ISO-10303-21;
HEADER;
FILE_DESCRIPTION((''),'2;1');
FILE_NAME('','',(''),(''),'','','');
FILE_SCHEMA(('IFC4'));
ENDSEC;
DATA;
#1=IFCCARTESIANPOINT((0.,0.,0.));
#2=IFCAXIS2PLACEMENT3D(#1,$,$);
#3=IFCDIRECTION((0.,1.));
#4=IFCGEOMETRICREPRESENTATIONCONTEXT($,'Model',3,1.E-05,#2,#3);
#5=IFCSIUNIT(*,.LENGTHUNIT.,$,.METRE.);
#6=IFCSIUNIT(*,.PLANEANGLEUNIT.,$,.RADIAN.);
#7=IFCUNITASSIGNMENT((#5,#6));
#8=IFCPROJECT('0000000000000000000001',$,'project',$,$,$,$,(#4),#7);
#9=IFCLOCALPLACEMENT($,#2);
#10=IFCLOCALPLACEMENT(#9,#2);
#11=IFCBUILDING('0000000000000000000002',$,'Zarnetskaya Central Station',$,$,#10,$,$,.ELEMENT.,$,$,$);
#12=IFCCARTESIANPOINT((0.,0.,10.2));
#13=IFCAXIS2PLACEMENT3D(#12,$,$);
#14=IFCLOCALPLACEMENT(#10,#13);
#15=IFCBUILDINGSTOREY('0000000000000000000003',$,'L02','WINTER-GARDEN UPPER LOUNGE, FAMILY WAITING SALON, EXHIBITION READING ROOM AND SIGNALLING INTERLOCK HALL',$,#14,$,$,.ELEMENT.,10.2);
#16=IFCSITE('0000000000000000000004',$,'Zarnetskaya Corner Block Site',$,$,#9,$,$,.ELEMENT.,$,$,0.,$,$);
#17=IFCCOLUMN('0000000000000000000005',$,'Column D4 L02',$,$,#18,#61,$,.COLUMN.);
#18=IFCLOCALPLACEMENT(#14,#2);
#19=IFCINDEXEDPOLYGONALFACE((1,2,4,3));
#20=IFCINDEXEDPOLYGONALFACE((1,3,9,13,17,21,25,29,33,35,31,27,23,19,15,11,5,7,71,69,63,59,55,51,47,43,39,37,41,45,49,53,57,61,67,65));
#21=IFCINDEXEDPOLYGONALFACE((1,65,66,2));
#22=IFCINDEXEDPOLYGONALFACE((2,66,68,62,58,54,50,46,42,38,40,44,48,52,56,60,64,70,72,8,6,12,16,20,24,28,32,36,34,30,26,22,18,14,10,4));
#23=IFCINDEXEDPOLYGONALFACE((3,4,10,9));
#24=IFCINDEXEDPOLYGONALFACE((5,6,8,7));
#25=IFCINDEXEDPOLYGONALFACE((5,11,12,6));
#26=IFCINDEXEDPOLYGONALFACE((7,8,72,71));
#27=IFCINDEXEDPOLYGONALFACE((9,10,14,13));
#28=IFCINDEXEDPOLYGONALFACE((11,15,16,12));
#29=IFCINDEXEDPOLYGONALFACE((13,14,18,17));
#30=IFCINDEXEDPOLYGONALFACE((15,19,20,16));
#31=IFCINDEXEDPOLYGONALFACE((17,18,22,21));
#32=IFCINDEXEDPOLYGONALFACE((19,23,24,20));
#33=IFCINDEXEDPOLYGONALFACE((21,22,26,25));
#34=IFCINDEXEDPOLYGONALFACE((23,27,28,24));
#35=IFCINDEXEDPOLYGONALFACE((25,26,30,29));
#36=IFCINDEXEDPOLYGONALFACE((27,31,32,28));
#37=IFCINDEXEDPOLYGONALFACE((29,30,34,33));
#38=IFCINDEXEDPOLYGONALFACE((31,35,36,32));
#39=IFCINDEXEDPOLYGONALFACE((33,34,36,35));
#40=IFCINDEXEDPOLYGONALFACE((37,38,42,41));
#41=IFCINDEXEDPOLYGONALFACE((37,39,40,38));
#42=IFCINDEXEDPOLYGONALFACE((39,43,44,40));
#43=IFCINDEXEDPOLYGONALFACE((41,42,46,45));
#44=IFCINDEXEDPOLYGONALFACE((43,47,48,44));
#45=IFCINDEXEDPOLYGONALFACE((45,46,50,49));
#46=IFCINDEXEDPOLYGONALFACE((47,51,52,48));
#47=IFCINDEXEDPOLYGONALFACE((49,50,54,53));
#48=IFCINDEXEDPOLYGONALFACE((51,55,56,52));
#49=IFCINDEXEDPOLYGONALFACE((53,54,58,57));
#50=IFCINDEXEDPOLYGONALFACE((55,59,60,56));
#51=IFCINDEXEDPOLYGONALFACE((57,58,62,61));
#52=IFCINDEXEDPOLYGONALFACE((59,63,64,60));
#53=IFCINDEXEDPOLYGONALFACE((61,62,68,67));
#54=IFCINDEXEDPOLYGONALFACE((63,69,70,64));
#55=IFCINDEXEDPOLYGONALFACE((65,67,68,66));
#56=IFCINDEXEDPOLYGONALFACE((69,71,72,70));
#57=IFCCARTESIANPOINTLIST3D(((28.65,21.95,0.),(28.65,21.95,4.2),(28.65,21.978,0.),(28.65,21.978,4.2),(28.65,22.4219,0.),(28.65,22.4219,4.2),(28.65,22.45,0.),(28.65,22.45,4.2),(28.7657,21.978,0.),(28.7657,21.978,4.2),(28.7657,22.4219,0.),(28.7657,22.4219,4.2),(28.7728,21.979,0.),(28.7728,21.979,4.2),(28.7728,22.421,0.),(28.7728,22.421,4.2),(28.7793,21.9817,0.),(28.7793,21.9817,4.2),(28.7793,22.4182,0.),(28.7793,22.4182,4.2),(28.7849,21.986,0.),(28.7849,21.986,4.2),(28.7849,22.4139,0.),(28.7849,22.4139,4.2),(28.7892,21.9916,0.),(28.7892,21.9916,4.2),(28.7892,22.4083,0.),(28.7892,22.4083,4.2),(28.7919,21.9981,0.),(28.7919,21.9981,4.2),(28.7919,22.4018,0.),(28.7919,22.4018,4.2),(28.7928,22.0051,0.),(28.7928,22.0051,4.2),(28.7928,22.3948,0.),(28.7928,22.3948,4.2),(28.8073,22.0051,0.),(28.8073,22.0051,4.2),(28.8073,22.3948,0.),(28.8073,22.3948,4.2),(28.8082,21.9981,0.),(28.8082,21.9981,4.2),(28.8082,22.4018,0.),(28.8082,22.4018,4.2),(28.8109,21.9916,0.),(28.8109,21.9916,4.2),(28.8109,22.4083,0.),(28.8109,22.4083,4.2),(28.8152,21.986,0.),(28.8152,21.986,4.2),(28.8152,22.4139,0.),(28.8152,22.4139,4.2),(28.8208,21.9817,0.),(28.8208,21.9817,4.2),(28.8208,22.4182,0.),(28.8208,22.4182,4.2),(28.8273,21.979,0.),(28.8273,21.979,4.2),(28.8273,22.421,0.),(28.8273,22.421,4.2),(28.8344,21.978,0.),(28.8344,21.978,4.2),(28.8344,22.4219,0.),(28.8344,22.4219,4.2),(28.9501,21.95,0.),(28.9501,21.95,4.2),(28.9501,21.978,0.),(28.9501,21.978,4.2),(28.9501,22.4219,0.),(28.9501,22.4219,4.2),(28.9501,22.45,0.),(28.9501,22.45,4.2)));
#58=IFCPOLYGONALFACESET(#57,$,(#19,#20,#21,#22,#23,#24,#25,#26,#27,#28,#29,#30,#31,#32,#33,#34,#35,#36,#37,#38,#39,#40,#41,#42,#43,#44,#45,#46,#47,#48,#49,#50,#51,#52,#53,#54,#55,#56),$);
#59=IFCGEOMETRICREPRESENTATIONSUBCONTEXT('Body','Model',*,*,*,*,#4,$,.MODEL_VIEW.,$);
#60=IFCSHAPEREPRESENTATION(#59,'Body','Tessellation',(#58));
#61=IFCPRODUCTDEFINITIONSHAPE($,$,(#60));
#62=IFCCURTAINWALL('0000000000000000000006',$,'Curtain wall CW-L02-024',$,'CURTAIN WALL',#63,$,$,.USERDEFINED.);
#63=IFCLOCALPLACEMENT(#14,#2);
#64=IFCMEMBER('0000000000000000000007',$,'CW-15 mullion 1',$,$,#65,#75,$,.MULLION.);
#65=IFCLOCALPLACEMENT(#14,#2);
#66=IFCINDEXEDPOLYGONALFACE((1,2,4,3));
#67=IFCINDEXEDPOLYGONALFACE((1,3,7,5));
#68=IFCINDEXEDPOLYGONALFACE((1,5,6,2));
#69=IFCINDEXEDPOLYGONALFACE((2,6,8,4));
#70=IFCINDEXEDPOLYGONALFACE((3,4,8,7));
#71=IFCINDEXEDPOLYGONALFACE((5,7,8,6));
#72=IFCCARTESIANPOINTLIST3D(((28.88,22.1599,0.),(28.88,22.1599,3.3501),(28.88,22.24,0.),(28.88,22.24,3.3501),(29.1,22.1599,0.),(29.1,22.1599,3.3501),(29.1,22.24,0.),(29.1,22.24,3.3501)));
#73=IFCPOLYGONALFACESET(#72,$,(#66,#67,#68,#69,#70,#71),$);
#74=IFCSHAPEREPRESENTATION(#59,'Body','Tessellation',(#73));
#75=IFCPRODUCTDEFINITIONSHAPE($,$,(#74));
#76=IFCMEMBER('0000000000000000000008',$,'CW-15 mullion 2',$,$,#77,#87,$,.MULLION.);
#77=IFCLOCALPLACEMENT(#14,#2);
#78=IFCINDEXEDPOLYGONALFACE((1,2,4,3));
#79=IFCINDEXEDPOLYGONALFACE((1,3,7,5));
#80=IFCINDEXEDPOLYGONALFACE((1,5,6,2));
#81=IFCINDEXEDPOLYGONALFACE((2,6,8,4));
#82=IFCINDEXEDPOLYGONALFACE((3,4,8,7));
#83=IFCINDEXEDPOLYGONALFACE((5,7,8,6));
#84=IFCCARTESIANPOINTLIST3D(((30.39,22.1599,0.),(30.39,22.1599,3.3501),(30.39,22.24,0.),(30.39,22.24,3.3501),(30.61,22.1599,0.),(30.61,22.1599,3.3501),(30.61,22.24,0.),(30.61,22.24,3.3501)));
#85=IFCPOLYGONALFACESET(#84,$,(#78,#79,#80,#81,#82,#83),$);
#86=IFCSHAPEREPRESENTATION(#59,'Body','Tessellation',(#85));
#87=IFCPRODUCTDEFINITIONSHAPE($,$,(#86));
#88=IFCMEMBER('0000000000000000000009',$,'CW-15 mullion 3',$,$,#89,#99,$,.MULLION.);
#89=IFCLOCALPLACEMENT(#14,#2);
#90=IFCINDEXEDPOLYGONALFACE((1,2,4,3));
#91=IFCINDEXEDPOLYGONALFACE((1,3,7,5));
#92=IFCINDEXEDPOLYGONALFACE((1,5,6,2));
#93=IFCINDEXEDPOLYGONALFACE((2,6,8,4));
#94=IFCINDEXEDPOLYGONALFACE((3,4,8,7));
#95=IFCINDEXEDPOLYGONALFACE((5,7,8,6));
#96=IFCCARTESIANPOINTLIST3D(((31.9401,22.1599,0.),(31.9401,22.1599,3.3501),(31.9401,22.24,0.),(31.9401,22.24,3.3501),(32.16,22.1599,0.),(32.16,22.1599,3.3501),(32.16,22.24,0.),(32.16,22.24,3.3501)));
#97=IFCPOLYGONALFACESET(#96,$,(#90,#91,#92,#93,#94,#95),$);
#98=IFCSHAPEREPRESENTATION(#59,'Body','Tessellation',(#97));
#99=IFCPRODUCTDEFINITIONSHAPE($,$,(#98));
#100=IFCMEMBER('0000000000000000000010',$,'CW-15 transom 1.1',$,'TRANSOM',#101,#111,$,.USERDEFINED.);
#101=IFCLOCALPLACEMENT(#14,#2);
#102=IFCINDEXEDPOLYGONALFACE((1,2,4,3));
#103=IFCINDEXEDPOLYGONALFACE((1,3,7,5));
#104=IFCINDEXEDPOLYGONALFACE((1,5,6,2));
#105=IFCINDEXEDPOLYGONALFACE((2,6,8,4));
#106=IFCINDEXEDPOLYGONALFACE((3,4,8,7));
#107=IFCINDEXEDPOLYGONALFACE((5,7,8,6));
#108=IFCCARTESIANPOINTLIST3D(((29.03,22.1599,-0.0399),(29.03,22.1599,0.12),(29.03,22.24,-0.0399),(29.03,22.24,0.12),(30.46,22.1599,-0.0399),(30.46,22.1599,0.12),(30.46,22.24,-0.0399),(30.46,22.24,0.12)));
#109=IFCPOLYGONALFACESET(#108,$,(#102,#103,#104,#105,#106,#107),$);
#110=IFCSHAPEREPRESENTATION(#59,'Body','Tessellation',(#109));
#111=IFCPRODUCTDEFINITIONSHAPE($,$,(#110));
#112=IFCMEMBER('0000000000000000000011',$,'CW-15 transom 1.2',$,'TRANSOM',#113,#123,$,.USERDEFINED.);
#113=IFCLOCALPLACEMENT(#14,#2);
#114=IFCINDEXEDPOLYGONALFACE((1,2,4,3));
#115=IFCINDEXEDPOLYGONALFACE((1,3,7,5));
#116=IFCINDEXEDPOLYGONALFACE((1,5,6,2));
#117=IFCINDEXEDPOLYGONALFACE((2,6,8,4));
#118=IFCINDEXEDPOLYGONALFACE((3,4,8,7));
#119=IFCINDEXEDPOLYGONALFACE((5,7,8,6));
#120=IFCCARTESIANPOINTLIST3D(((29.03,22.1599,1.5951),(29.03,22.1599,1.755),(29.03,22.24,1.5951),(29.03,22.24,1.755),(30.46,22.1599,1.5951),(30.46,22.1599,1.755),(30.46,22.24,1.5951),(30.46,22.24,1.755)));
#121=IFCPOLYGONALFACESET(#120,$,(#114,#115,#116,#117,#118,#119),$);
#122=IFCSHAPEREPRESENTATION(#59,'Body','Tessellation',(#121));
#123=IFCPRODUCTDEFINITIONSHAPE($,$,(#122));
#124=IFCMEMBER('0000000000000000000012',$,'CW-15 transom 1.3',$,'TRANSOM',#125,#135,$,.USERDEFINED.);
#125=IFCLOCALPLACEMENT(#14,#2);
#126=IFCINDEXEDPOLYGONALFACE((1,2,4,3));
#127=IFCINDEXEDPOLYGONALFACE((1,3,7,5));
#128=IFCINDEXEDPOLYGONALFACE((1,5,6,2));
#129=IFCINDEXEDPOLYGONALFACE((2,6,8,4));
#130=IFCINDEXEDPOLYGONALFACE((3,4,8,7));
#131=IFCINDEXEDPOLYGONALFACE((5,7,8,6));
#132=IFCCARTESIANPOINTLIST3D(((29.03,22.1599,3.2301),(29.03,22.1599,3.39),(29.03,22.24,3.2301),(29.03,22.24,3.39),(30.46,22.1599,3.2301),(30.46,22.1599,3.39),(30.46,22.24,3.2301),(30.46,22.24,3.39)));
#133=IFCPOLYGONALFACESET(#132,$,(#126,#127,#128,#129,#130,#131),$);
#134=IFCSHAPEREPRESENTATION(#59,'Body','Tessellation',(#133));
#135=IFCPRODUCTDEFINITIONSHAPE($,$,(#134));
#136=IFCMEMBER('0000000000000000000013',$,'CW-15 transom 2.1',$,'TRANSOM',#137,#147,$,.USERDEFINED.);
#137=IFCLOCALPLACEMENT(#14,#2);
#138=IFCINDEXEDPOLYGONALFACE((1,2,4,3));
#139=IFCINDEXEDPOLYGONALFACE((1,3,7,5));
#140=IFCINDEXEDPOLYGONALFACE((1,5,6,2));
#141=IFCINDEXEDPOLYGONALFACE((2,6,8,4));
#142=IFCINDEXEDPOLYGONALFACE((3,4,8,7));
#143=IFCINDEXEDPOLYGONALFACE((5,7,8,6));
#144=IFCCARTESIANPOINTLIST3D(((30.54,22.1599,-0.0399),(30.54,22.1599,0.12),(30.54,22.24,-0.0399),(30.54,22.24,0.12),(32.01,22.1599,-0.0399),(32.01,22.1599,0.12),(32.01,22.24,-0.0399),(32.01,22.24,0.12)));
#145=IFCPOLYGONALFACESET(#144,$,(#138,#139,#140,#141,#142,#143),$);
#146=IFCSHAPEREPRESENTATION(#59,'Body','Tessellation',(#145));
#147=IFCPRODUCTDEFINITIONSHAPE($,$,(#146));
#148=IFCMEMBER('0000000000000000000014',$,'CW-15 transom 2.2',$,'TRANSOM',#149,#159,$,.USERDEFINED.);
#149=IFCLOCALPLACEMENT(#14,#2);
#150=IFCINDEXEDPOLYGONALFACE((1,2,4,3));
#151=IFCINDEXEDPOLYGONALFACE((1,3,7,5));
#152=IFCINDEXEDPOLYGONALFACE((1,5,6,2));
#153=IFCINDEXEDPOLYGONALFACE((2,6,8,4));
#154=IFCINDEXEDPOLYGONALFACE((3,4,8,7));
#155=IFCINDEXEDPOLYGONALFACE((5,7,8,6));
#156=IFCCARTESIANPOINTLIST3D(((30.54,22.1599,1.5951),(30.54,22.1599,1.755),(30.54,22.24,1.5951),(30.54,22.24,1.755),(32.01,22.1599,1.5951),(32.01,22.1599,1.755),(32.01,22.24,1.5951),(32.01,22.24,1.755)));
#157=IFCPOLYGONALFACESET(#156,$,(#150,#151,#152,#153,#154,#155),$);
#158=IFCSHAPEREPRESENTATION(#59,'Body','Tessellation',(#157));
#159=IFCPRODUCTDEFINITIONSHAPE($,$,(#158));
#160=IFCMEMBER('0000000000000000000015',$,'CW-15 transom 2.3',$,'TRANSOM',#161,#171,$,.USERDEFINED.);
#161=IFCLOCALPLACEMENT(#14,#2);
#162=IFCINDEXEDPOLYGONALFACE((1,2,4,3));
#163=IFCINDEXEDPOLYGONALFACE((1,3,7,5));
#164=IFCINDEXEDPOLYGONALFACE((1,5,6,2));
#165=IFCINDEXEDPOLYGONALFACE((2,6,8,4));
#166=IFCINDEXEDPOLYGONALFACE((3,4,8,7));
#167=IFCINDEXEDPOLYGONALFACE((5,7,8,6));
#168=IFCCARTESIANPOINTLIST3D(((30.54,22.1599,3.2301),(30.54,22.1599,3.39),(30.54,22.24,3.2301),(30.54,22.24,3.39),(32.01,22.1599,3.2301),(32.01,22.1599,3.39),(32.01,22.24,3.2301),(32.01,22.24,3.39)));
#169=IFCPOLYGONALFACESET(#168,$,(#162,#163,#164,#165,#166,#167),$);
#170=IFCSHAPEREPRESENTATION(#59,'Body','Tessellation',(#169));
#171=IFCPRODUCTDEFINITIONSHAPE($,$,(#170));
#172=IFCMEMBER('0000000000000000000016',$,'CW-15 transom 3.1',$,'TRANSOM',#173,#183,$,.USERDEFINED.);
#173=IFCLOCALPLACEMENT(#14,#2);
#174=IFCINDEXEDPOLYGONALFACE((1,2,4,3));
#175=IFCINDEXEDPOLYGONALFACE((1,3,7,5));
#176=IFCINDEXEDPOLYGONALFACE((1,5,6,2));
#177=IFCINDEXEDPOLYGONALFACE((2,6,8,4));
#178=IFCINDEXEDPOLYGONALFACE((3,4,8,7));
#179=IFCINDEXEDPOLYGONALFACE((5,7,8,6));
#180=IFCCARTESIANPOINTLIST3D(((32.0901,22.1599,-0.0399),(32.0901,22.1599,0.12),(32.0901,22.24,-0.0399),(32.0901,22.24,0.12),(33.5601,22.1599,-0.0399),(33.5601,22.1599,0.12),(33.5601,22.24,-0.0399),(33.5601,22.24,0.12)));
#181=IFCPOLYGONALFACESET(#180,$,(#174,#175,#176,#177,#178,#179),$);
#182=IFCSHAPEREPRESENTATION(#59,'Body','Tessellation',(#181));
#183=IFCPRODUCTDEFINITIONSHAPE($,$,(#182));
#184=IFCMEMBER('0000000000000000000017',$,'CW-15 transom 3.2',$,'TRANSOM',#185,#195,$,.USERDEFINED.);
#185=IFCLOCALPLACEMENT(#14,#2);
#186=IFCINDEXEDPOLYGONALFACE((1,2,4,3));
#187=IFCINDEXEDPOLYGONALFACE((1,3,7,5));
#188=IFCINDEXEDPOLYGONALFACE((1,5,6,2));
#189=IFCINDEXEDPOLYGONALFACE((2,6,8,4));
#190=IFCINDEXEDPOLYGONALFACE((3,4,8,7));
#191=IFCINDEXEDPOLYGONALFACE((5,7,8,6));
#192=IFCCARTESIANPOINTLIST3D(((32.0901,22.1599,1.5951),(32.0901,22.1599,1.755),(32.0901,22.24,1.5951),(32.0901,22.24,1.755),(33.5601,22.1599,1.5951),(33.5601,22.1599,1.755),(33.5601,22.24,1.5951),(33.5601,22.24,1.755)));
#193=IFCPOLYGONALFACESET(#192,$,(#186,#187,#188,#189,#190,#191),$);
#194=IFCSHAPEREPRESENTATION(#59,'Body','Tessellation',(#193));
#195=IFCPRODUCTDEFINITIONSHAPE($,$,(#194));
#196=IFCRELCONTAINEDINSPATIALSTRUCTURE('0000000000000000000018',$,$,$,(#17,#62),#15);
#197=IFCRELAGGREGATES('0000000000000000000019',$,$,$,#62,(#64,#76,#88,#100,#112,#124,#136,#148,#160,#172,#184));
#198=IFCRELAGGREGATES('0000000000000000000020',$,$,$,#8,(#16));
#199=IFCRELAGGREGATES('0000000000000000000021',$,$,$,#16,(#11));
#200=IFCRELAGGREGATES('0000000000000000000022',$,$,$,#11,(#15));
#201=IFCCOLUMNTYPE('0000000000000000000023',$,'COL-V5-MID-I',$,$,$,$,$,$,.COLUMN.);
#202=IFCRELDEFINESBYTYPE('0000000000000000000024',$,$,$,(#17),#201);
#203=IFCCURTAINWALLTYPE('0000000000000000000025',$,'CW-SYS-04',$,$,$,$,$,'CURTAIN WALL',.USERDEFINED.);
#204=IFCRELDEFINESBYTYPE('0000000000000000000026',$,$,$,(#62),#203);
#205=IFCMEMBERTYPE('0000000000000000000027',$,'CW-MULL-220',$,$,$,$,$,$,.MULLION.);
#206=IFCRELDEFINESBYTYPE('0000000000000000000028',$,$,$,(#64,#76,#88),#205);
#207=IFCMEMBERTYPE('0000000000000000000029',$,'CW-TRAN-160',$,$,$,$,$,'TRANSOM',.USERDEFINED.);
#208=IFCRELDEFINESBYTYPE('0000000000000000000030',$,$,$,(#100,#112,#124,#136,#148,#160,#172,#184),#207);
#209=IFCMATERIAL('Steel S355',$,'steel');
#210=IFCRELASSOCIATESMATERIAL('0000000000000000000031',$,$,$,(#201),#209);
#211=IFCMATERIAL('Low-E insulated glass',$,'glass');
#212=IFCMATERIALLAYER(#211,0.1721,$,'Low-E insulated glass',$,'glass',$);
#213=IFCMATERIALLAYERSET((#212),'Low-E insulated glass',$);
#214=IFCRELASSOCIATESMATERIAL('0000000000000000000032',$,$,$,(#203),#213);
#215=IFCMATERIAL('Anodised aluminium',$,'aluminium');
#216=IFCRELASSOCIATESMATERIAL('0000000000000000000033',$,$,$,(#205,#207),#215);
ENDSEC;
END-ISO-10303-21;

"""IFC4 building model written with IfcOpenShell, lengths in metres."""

from ifc_helpers import new_model, si_unit, direction, frame, origin, origin_2d, place, context, subcontext, project, spatial, rectangle, i_section, extrude, material, layer, layer_set, material_profile, profile_set, type_object, element, aggregate, save


model = new_model("IFC4")

# Units and contexts
model_context = context("Model", 3, precision=1e-05, world=origin(), true_north=direction((0.0, 1.0)))
body_context = subcontext(model_context, "Body", "Model", "MODEL_VIEW")
ifc_project = project(units=[si_unit("LENGTHUNIT", "METRE"), si_unit("PLANEANGLEUNIT", "RADIAN")], contexts=[model_context])

# Site, building, storey
site_placement = place(None, origin())
site = spatial("IfcSite", under=ifc_project, at=site_placement, Name="Zarnetskaya Corner Block Site", CompositionType="ELEMENT", RefElevation=0.0)
building_placement = place(site_placement, origin())
building = spatial("IfcBuilding", under=site, at=building_placement, Name="Zarnetskaya Central Station", CompositionType="ELEMENT")
storey_placement = place(building_placement, frame((0.0, 0.0, 10.2)))
storey = spatial("IfcBuildingStorey", under=building, at=storey_placement, Name="L02", Description="WINTER-GARDEN UPPER LOUNGE, FAMILY WAITING SALON, EXHIBITION READING ROOM AND SIGNALLING INTERLOCK HALL", CompositionType="ELEMENT", Elevation=10.2)

# Column
ifc_material_1 = material(Name="Steel S355", Category="steel")
ifc_material_profile_1 = material_profile(ifc_material_1, i_section(OverallWidth=0.3, OverallDepth=0.5, WebThickness=0.0144, FlangeThickness=0.0281, FilletRadius=0.0271, at=origin_2d()), Name="HEB 500")
ifc_profile_set_1 = profile_set([ifc_material_profile_1], Name="Steel S355")
column_type = type_object("IfcColumnType", Name="COL-V5-MID-I", PredefinedType="COLUMN", material=ifc_profile_set_1)
column_placement = place(storey_placement, frame((28.8, 22.2, 0.0), z_axis=(0.0, 0.0, 1.0), x_axis=(1.0, 0.0, 0.0)))
element("IfcColumn", 1, at=column_placement, inside=storey, type_object=column_type, Name="Column D4 L02", PredefinedType="COLUMN", context=body_context, shape_type="SweptSolid", body=[
    extrude(i_section(OverallWidth=0.3, OverallDepth=0.5, WebThickness=0.0144, FlangeThickness=0.0281, FilletRadius=0.0271, at=origin_2d()), origin(), (0.0, 0.0, 1.0), 4.2),
])

# Curtain wall, members
ifc_material_2 = material(Name="Low-E insulated glass", Category="glass")
ifc_layer_1 = layer(ifc_material_2, 0.1721, Name="Low-E insulated glass", Category="glass")
ifc_layer_set_1 = layer_set([ifc_layer_1], Name="Low-E insulated glass")
curtain_wall_type = type_object("IfcCurtainWallType", Name="CW-SYS-04", ElementType="CURTAIN WALL", PredefinedType="USERDEFINED", material=ifc_layer_set_1)
curtain_wall_placement = place(storey_placement, origin())
curtain_wall = element("IfcCurtainWall", 2, at=curtain_wall_placement, inside=storey, type_object=curtain_wall_type, Name="Curtain wall CW-L02-024", ObjectType="CURTAIN WALL", PredefinedType="USERDEFINED")
ifc_material_3 = material(Name="Anodised aluminium", Category="aluminium")
ifc_material_profile_2 = material_profile(ifc_material_3, rectangle(XDim=0.0801, YDim=0.22, at=origin_2d()), Name="ALU MULL 80x220")
ifc_profile_set_2 = profile_set([ifc_material_profile_2], Name="Anodised aluminium")
member_type_1 = type_object("IfcMemberType", Name="CW-MULL-220", PredefinedType="MULLION", material=ifc_profile_set_2)
member_1_placement = place(storey_placement, frame((28.99, 22.2, 0.0), z_axis=(0.0, 0.0, 1.0), x_axis=(0.0, 1.0, 0.0)))
member_1 = element("IfcMember", 3, at=member_1_placement, type_object=member_type_1, Name="CW-15 mullion 1", PredefinedType="MULLION", context=body_context, shape_type="SweptSolid", body=[
    extrude(rectangle(XDim=0.0801, YDim=0.22, at=origin_2d()), origin(), (0.0, 0.0, 1.0), 3.3501),
])
member_2_placement = place(storey_placement, frame((30.5, 22.2, 0.0), z_axis=(0.0, 0.0, 1.0), x_axis=(0.0, 1.0, 0.0)))
member_2 = element("IfcMember", 4, at=member_2_placement, type_object=member_type_1, Name="CW-15 mullion 2", PredefinedType="MULLION", context=body_context, shape_type="SweptSolid", body=[
    extrude(rectangle(XDim=0.0801, YDim=0.22, at=origin_2d()), origin(), (0.0, 0.0, 1.0), 3.3501),
])
member_3_placement = place(storey_placement, frame((32.05, 22.2, 0.0), z_axis=(0.0, 0.0, 1.0), x_axis=(0.0, 1.0, 0.0)))
member_3 = element("IfcMember", 5, at=member_3_placement, type_object=member_type_1, Name="CW-15 mullion 3", PredefinedType="MULLION", context=body_context, shape_type="SweptSolid", body=[
    extrude(rectangle(XDim=0.0801, YDim=0.22, at=origin_2d()), origin(), (0.0, 0.0, 1.0), 3.3501),
])
ifc_material_profile_3 = material_profile(ifc_material_3, rectangle(XDim=0.0801, YDim=0.1599, at=origin_2d()), Name="ALU TRAN 80x160")
ifc_profile_set_3 = profile_set([ifc_material_profile_3], Name="Anodised aluminium")
member_type_2 = type_object("IfcMemberType", Name="CW-TRAN-160", ElementType="TRANSOM", PredefinedType="USERDEFINED", material=ifc_profile_set_3)
member_4_placement = place(storey_placement, frame((29.03, 22.2, 0.04), z_axis=(1.0, 0.0, 0.0), x_axis=(0.0, 1.0, 0.0)))
member_4 = element("IfcMember", 6, at=member_4_placement, type_object=member_type_2, Name="CW-15 transom 1.1", ObjectType="TRANSOM", PredefinedType="USERDEFINED", context=body_context, shape_type="SweptSolid", body=[
    extrude(rectangle(XDim=0.0801, YDim=0.1599, at=origin_2d()), origin(), (0.0, 0.0, 1.0), 1.4299),
])
member_5_placement = place(storey_placement, frame((29.03, 22.2, 1.675), z_axis=(1.0, 0.0, 0.0), x_axis=(0.0, 1.0, 0.0)))
member_5 = element("IfcMember", 7, at=member_5_placement, type_object=member_type_2, Name="CW-15 transom 1.2", ObjectType="TRANSOM", PredefinedType="USERDEFINED", context=body_context, shape_type="SweptSolid", body=[
    extrude(rectangle(XDim=0.0801, YDim=0.1599, at=origin_2d()), origin(), (0.0, 0.0, 1.0), 1.4299),
])
member_6_placement = place(storey_placement, frame((29.03, 22.2, 3.3101), z_axis=(1.0, 0.0, 0.0), x_axis=(0.0, 1.0, 0.0)))
member_6 = element("IfcMember", 8, at=member_6_placement, type_object=member_type_2, Name="CW-15 transom 1.3", ObjectType="TRANSOM", PredefinedType="USERDEFINED", context=body_context, shape_type="SweptSolid", body=[
    extrude(rectangle(XDim=0.0801, YDim=0.1599, at=origin_2d()), origin(), (0.0, 0.0, 1.0), 1.4299),
])
member_7_placement = place(storey_placement, frame((30.54, 22.2, 0.04), z_axis=(1.0, 0.0, 0.0), x_axis=(0.0, 1.0, 0.0)))
member_7 = element("IfcMember", 9, at=member_7_placement, type_object=member_type_2, Name="CW-15 transom 2.1", ObjectType="TRANSOM", PredefinedType="USERDEFINED", context=body_context, shape_type="SweptSolid", body=[
    extrude(rectangle(XDim=0.0801, YDim=0.1599, at=origin_2d()), origin(), (0.0, 0.0, 1.0), 1.47),
])
member_8_placement = place(storey_placement, frame((30.54, 22.2, 1.675), z_axis=(1.0, 0.0, 0.0), x_axis=(0.0, 1.0, 0.0)))
member_8 = element("IfcMember", 10, at=member_8_placement, type_object=member_type_2, Name="CW-15 transom 2.2", ObjectType="TRANSOM", PredefinedType="USERDEFINED", context=body_context, shape_type="SweptSolid", body=[
    extrude(rectangle(XDim=0.0801, YDim=0.1599, at=origin_2d()), origin(), (0.0, 0.0, 1.0), 1.47),
])
member_9_placement = place(storey_placement, frame((30.54, 22.2, 3.3101), z_axis=(1.0, 0.0, 0.0), x_axis=(0.0, 1.0, 0.0)))
member_9 = element("IfcMember", 11, at=member_9_placement, type_object=member_type_2, Name="CW-15 transom 2.3", ObjectType="TRANSOM", PredefinedType="USERDEFINED", context=body_context, shape_type="SweptSolid", body=[
    extrude(rectangle(XDim=0.0801, YDim=0.1599, at=origin_2d()), origin(), (0.0, 0.0, 1.0), 1.47),
])
member_10_placement = place(storey_placement, frame((32.0901, 22.2, 0.04), z_axis=(1.0, 0.0, 0.0), x_axis=(0.0, 1.0, 0.0)))
member_10 = element("IfcMember", 12, at=member_10_placement, type_object=member_type_2, Name="CW-15 transom 3.1", ObjectType="TRANSOM", PredefinedType="USERDEFINED", context=body_context, shape_type="SweptSolid", body=[
    extrude(rectangle(XDim=0.0801, YDim=0.1599, at=origin_2d()), origin(), (0.0, 0.0, 1.0), 1.47),
])
member_11_placement = place(storey_placement, frame((32.0901, 22.2, 1.675), z_axis=(1.0, 0.0, 0.0), x_axis=(0.0, 1.0, 0.0)))
member_11 = element("IfcMember", 13, at=member_11_placement, type_object=member_type_2, Name="CW-15 transom 3.2", ObjectType="TRANSOM", PredefinedType="USERDEFINED", context=body_context, shape_type="SweptSolid", body=[
    extrude(rectangle(XDim=0.0801, YDim=0.1599, at=origin_2d()), origin(), (0.0, 0.0, 1.0), 1.47),
])

aggregate(curtain_wall, [member_1, member_2, member_3, member_4, member_5, member_6, member_7, member_8, member_9, member_10, member_11])

save(model, "model.ifc")
